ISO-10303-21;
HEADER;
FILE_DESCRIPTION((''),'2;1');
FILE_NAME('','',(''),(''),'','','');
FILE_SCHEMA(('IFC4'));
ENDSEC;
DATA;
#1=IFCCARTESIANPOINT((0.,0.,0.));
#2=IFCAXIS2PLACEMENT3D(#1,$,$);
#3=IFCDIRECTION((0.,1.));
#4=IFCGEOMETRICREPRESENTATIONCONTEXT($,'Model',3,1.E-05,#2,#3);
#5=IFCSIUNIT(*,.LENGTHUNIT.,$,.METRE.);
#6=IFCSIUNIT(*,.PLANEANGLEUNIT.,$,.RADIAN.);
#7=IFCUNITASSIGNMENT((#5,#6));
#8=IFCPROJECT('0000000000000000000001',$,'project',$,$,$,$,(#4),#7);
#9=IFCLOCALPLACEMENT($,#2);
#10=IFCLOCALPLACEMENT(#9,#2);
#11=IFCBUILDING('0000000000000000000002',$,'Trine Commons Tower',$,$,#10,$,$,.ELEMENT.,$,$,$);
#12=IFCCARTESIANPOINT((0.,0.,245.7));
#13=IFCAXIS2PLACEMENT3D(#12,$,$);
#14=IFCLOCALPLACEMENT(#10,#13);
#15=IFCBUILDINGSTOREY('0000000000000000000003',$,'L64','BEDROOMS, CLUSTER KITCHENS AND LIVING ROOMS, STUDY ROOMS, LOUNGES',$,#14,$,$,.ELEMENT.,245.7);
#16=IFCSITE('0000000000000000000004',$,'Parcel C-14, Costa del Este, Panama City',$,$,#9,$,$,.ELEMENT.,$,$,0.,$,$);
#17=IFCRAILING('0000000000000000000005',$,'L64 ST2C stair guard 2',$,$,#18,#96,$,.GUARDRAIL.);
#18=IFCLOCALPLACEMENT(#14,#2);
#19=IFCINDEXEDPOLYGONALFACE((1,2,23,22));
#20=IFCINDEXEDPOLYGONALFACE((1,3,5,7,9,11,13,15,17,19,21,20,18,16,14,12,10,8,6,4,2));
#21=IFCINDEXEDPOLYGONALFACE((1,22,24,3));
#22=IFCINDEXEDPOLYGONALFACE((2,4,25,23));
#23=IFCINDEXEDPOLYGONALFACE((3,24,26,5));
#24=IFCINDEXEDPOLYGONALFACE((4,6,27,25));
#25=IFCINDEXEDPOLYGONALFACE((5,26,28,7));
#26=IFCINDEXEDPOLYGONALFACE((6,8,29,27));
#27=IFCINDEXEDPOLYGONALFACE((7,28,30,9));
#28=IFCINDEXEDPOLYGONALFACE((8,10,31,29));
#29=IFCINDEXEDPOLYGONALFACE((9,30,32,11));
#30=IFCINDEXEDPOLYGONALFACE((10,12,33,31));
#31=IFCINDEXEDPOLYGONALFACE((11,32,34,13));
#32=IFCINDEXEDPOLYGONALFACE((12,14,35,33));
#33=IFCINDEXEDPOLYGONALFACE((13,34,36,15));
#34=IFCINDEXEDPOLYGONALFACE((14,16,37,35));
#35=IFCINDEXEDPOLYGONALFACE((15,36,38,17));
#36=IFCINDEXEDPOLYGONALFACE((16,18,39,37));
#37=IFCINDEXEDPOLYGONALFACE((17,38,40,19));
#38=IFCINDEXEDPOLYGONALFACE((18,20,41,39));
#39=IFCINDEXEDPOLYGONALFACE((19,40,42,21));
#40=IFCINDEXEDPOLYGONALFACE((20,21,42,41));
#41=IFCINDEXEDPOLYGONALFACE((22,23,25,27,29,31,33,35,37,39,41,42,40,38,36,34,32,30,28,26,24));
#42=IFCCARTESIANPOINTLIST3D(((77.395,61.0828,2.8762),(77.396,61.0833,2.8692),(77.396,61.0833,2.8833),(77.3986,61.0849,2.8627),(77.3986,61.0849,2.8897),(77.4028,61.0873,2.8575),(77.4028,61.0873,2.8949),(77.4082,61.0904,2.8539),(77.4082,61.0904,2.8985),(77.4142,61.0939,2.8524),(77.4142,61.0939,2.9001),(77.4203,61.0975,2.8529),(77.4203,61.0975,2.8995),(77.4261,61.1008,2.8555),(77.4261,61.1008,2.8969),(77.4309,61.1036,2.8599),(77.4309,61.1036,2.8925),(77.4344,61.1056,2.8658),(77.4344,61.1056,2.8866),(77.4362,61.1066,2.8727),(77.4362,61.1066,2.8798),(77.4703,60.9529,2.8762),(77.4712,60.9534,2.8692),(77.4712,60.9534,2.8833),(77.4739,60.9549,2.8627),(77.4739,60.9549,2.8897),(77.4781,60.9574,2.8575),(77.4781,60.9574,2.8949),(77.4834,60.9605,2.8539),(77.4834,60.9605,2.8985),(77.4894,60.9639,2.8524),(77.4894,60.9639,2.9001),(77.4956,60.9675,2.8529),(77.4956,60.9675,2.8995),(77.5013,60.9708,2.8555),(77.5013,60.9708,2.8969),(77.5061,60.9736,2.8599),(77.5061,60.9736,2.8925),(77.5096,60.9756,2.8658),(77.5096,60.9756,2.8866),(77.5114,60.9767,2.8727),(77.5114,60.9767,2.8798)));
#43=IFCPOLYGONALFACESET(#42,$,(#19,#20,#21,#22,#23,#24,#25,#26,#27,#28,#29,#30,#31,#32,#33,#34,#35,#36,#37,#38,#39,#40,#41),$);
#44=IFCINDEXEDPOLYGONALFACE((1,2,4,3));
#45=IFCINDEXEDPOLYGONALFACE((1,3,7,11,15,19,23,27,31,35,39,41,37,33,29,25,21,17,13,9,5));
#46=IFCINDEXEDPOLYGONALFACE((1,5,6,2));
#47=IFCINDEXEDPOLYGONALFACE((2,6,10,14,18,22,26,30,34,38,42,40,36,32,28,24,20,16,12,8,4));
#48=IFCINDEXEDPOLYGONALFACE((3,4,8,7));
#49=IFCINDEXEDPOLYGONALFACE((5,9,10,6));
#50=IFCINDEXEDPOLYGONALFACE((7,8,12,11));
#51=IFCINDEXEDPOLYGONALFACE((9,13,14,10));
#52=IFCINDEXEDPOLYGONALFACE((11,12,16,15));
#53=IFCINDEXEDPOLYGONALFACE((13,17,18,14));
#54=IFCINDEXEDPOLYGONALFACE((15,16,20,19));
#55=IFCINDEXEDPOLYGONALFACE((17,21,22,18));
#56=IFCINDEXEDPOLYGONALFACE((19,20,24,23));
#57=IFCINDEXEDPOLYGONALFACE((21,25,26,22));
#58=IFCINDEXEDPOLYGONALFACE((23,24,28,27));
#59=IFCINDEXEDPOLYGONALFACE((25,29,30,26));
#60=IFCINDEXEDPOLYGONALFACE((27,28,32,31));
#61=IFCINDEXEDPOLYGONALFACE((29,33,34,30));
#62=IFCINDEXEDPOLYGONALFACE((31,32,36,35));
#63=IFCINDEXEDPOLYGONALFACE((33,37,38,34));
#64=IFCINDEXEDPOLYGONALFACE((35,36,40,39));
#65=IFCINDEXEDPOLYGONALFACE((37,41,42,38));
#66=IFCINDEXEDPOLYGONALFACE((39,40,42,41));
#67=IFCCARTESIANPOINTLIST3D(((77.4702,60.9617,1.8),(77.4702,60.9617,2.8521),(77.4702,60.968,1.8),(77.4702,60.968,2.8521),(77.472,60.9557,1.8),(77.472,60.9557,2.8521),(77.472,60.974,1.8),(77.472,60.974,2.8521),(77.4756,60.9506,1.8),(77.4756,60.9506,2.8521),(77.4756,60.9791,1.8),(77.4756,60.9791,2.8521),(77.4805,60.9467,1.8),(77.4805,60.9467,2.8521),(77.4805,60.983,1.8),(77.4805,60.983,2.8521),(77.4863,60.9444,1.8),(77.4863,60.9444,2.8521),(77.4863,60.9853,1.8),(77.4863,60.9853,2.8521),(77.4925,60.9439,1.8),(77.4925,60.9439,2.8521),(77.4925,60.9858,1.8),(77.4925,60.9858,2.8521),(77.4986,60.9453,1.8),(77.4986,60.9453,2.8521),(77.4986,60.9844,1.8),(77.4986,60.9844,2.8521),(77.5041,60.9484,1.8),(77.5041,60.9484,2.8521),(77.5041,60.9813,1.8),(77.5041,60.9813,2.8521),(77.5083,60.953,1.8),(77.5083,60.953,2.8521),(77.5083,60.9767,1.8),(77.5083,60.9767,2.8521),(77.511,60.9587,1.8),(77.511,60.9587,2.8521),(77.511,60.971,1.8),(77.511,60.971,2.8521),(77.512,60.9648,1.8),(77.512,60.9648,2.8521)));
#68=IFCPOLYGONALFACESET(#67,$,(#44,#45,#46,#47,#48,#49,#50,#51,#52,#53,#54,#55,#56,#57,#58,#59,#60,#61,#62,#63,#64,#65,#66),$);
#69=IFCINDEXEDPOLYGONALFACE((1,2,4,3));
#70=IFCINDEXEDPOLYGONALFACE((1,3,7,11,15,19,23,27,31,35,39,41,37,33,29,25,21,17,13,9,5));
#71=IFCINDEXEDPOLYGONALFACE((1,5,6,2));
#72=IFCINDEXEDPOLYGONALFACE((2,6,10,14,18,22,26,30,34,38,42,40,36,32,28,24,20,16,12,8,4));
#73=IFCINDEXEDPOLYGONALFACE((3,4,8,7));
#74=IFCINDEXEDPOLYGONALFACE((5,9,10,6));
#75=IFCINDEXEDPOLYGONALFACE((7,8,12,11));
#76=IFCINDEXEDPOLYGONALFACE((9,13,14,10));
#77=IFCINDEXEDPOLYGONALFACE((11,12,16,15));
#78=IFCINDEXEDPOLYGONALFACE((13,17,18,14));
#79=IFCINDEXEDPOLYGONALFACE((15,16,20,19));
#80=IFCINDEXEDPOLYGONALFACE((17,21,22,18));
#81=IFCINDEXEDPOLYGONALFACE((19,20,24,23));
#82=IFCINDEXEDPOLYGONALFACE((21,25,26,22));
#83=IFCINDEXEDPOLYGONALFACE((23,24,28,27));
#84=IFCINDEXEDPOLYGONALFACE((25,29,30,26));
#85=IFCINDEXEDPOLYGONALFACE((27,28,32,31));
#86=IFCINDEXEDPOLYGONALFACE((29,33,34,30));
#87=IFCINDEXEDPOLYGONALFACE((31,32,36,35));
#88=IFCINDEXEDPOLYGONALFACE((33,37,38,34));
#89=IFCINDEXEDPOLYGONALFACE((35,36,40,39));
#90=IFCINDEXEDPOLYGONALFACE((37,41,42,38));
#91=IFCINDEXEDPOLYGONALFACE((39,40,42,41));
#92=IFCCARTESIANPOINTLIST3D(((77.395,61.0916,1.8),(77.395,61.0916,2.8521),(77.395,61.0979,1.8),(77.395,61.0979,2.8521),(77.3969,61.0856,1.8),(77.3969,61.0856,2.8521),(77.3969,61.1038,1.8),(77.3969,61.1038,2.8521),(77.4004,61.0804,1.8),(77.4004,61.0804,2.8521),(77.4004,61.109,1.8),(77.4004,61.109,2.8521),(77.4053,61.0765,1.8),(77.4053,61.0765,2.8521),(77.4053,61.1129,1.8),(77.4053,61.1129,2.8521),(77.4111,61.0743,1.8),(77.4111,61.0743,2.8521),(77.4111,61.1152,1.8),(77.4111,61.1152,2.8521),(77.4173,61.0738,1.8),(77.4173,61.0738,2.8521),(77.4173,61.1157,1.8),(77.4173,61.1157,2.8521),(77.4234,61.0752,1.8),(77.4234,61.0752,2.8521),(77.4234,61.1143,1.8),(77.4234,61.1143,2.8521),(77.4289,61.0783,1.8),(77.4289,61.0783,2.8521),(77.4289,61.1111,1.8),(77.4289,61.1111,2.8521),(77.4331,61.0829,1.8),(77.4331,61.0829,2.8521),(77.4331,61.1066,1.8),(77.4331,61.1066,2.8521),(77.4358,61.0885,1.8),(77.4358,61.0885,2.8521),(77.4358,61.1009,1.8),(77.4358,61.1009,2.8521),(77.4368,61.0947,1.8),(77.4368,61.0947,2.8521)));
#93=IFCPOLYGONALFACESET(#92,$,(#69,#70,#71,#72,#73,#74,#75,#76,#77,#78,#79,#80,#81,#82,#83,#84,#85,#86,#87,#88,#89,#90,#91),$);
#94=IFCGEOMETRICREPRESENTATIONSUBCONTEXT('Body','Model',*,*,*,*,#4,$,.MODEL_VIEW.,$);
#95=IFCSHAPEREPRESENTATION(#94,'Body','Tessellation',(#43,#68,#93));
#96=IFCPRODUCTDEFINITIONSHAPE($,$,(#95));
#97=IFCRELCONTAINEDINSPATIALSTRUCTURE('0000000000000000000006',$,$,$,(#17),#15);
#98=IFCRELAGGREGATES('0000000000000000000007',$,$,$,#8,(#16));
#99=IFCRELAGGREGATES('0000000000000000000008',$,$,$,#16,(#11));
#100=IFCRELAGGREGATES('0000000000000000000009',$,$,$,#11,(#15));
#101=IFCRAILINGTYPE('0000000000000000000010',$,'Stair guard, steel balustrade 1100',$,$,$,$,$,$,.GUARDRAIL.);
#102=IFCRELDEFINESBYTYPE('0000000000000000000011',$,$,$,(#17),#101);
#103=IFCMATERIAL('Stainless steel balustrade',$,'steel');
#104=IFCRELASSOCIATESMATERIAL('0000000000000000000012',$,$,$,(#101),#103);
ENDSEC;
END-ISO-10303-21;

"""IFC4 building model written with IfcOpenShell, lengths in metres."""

from ifc_helpers import new_model, si_unit, direction, frame, origin, origin_2d, place, context, subcontext, project, spatial, circle, extrude, material, type_object, element, save


model = new_model("IFC4")

# Units and contexts
model_context = context("Model", 3, precision=1e-05, world=origin(), true_north=direction((0.0, 1.0)))
body_context = subcontext(model_context, "Body", "Model", "MODEL_VIEW")
ifc_project = project(units=[si_unit("LENGTHUNIT", "METRE"), si_unit("PLANEANGLEUNIT", "RADIAN")], contexts=[model_context])

# Site, building, storey
site_placement = place(None, origin())
site = spatial("IfcSite", under=ifc_project, at=site_placement, Name="Parcel C-14, Costa del Este, Panama City", CompositionType="ELEMENT", RefElevation=0.0)
building_placement = place(site_placement, origin())
building = spatial("IfcBuilding", under=site, at=building_placement, Name="Trine Commons Tower", CompositionType="ELEMENT")
storey_placement = place(building_placement, frame((0.0, 0.0, 245.7)))
storey = spatial("IfcBuildingStorey", under=building, at=storey_placement, Name="L64", Description="BEDROOMS, CLUSTER KITCHENS AND LIVING ROOMS, STUDY ROOMS, LOUNGES", CompositionType="ELEMENT", Elevation=245.7)

# Railing
ifc_material_1 = material(Name="Stainless steel balustrade", Category="steel")
railing_type_1 = type_object("IfcRailingType", Name="Stair guard, steel balustrade 1100", PredefinedType="GUARDRAIL", material=ifc_material_1)
railing_1_placement = place(storey_placement, frame((77.491, 60.9648, 1.8)))
element("IfcRailing", 1, at=railing_1_placement, inside=storey, type_object=railing_type_1, Name="L64 ST2C stair guard 2", PredefinedType="GUARDRAIL", context=body_context, shape_type="SweptSolid", body=[
    extrude(circle(Radius=0.0239, at=origin_2d()), frame((0.0, 0.0, 1.0762), z_axis=(-0.501036, 0.865426, 0.0), x_axis=(-0.865426, -0.501036, 0.0)), (0.0, 0.0, 1.0), 0.1501),
    extrude(circle(Radius=0.021, at=origin_2d()), origin(), (0.0, 0.0, 1.0), 1.052),
    extrude(circle(Radius=0.021, at=origin_2d()), frame((-0.0752, 0.1299, 0.0)), (0.0, 0.0, 1.0), 1.052),
])

save(model, "model.ifc")
